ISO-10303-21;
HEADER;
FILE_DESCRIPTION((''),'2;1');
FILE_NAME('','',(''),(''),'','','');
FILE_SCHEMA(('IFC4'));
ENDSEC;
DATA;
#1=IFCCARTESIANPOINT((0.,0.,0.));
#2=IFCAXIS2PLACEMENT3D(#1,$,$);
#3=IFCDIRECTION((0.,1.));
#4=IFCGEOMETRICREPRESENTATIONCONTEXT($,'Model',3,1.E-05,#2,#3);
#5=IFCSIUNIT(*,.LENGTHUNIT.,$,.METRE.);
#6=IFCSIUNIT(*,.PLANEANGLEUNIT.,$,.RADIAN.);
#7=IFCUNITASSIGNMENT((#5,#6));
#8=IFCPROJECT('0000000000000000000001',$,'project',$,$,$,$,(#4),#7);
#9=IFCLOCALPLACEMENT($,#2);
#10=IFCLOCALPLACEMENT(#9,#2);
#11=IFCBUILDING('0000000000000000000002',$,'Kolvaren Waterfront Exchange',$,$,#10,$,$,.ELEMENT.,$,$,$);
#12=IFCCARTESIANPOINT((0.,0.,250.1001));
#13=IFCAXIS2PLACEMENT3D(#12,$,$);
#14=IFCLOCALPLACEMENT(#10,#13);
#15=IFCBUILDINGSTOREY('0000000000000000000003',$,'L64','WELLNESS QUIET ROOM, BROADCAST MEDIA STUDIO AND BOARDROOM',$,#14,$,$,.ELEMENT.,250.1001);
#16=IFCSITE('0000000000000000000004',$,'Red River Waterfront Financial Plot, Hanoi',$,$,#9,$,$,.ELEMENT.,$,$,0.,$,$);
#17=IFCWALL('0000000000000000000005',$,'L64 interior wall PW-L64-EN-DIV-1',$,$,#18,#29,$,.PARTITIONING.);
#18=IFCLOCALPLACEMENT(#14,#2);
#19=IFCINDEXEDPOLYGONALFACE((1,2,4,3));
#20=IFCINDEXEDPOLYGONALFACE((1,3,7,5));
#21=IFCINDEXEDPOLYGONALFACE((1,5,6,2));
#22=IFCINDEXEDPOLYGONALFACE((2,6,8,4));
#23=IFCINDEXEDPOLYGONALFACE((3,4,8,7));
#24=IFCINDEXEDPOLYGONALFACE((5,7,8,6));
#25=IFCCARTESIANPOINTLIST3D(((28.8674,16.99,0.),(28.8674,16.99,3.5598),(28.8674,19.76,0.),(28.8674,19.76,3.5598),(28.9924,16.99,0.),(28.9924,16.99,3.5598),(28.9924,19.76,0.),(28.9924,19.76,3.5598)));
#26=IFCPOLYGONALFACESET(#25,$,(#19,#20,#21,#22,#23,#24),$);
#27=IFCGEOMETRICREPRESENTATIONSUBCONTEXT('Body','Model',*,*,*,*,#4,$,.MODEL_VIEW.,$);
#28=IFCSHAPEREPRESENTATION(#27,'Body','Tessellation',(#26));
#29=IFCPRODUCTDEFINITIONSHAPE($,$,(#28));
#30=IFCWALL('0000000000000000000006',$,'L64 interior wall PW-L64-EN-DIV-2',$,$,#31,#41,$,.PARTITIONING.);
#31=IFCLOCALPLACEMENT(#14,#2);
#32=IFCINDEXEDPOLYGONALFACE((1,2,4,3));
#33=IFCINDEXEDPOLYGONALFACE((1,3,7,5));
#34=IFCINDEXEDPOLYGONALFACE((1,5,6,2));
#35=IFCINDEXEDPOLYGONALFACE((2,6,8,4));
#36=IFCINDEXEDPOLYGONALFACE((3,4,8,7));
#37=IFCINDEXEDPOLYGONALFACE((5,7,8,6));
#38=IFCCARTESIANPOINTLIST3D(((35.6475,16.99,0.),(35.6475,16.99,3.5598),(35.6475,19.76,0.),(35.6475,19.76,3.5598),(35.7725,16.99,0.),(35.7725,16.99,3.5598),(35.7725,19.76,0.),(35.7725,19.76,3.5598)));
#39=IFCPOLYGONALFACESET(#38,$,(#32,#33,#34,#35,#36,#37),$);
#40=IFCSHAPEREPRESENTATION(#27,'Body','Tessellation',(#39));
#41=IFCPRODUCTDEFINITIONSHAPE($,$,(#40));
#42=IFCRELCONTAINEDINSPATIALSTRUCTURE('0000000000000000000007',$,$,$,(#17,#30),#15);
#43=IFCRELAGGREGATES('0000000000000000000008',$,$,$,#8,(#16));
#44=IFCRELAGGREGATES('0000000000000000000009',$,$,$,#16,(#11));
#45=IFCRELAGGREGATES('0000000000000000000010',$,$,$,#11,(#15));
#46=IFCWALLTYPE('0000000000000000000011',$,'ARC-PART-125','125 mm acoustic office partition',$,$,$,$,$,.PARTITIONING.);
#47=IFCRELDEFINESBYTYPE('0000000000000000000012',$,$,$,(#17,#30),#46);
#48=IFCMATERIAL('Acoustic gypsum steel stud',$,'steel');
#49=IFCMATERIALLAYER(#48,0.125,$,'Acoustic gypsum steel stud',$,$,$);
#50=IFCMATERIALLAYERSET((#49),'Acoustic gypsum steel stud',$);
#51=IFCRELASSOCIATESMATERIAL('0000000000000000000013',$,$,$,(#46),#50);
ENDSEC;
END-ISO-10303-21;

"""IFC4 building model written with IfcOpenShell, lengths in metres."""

from ifc_helpers import new_model, si_unit, direction, frame, frame_2d, origin, place, context, subcontext, project, spatial, rectangle, extrude, material, layer, layer_set, type_object, element, save


model = new_model("IFC4")

# Units and contexts
model_context = context("Model", 3, precision=1e-05, world=origin(), true_north=direction((0.0, 1.0)))
body_context = subcontext(model_context, "Body", "Model", "MODEL_VIEW")
ifc_project = project(units=[si_unit("LENGTHUNIT", "METRE"), si_unit("PLANEANGLEUNIT", "RADIAN")], contexts=[model_context])

# Site, building, storey
site_placement = place(None, origin())
site = spatial("IfcSite", under=ifc_project, at=site_placement, Name="Red River Waterfront Financial Plot, Hanoi", CompositionType="ELEMENT", RefElevation=0.0)
building_placement = place(site_placement, origin())
building = spatial("IfcBuilding", under=site, at=building_placement, Name="Kolvaren Waterfront Exchange", CompositionType="ELEMENT")
storey_placement = place(building_placement, frame((0.0, 0.0, 250.1001)))
storey = spatial("IfcBuildingStorey", under=building, at=storey_placement, Name="L64", Description="WELLNESS QUIET ROOM, BROADCAST MEDIA STUDIO AND BOARDROOM", CompositionType="ELEMENT", Elevation=250.1001)

# Shared definitions
ifc_material_1 = material(Name="Acoustic gypsum steel stud", Category="steel")
ifc_layer_1 = layer(ifc_material_1, 0.125, Name="Acoustic gypsum steel stud")
ifc_layer_set_1 = layer_set([ifc_layer_1], Name="Acoustic gypsum steel stud")
wall_type_1 = type_object("IfcWallType", Name="ARC-PART-125", Description="125 mm acoustic office partition", PredefinedType="PARTITIONING", material=ifc_layer_set_1)

# Walls
for number, where, z_axis, x_axis, name in (
    (1, (28.9299, 16.99, 0.0), (0.0, 0.0, 1.0), (0.0, 1.0, 0.0), "L64 interior wall PW-L64-EN-DIV-1"),
    (2, (35.71, 16.99, 0.0), (0.0, 0.0, 1.0), (0.0, 1.0, 0.0), "L64 interior wall PW-L64-EN-DIV-2"),
):
    element("IfcWall", number, at=place(storey_placement, frame(where, z_axis=z_axis, x_axis=x_axis)), inside=storey, type_object=wall_type_1, Name=name, PredefinedType="PARTITIONING", context=body_context, shape_type="SweptSolid", body=[
        extrude(rectangle(XDim=2.77, YDim=0.125, at=frame_2d((1.385, 0.0))), origin(), (0.0, 0.0, 1.0), 3.5598),
    ])

save(model, "model.ifc")
